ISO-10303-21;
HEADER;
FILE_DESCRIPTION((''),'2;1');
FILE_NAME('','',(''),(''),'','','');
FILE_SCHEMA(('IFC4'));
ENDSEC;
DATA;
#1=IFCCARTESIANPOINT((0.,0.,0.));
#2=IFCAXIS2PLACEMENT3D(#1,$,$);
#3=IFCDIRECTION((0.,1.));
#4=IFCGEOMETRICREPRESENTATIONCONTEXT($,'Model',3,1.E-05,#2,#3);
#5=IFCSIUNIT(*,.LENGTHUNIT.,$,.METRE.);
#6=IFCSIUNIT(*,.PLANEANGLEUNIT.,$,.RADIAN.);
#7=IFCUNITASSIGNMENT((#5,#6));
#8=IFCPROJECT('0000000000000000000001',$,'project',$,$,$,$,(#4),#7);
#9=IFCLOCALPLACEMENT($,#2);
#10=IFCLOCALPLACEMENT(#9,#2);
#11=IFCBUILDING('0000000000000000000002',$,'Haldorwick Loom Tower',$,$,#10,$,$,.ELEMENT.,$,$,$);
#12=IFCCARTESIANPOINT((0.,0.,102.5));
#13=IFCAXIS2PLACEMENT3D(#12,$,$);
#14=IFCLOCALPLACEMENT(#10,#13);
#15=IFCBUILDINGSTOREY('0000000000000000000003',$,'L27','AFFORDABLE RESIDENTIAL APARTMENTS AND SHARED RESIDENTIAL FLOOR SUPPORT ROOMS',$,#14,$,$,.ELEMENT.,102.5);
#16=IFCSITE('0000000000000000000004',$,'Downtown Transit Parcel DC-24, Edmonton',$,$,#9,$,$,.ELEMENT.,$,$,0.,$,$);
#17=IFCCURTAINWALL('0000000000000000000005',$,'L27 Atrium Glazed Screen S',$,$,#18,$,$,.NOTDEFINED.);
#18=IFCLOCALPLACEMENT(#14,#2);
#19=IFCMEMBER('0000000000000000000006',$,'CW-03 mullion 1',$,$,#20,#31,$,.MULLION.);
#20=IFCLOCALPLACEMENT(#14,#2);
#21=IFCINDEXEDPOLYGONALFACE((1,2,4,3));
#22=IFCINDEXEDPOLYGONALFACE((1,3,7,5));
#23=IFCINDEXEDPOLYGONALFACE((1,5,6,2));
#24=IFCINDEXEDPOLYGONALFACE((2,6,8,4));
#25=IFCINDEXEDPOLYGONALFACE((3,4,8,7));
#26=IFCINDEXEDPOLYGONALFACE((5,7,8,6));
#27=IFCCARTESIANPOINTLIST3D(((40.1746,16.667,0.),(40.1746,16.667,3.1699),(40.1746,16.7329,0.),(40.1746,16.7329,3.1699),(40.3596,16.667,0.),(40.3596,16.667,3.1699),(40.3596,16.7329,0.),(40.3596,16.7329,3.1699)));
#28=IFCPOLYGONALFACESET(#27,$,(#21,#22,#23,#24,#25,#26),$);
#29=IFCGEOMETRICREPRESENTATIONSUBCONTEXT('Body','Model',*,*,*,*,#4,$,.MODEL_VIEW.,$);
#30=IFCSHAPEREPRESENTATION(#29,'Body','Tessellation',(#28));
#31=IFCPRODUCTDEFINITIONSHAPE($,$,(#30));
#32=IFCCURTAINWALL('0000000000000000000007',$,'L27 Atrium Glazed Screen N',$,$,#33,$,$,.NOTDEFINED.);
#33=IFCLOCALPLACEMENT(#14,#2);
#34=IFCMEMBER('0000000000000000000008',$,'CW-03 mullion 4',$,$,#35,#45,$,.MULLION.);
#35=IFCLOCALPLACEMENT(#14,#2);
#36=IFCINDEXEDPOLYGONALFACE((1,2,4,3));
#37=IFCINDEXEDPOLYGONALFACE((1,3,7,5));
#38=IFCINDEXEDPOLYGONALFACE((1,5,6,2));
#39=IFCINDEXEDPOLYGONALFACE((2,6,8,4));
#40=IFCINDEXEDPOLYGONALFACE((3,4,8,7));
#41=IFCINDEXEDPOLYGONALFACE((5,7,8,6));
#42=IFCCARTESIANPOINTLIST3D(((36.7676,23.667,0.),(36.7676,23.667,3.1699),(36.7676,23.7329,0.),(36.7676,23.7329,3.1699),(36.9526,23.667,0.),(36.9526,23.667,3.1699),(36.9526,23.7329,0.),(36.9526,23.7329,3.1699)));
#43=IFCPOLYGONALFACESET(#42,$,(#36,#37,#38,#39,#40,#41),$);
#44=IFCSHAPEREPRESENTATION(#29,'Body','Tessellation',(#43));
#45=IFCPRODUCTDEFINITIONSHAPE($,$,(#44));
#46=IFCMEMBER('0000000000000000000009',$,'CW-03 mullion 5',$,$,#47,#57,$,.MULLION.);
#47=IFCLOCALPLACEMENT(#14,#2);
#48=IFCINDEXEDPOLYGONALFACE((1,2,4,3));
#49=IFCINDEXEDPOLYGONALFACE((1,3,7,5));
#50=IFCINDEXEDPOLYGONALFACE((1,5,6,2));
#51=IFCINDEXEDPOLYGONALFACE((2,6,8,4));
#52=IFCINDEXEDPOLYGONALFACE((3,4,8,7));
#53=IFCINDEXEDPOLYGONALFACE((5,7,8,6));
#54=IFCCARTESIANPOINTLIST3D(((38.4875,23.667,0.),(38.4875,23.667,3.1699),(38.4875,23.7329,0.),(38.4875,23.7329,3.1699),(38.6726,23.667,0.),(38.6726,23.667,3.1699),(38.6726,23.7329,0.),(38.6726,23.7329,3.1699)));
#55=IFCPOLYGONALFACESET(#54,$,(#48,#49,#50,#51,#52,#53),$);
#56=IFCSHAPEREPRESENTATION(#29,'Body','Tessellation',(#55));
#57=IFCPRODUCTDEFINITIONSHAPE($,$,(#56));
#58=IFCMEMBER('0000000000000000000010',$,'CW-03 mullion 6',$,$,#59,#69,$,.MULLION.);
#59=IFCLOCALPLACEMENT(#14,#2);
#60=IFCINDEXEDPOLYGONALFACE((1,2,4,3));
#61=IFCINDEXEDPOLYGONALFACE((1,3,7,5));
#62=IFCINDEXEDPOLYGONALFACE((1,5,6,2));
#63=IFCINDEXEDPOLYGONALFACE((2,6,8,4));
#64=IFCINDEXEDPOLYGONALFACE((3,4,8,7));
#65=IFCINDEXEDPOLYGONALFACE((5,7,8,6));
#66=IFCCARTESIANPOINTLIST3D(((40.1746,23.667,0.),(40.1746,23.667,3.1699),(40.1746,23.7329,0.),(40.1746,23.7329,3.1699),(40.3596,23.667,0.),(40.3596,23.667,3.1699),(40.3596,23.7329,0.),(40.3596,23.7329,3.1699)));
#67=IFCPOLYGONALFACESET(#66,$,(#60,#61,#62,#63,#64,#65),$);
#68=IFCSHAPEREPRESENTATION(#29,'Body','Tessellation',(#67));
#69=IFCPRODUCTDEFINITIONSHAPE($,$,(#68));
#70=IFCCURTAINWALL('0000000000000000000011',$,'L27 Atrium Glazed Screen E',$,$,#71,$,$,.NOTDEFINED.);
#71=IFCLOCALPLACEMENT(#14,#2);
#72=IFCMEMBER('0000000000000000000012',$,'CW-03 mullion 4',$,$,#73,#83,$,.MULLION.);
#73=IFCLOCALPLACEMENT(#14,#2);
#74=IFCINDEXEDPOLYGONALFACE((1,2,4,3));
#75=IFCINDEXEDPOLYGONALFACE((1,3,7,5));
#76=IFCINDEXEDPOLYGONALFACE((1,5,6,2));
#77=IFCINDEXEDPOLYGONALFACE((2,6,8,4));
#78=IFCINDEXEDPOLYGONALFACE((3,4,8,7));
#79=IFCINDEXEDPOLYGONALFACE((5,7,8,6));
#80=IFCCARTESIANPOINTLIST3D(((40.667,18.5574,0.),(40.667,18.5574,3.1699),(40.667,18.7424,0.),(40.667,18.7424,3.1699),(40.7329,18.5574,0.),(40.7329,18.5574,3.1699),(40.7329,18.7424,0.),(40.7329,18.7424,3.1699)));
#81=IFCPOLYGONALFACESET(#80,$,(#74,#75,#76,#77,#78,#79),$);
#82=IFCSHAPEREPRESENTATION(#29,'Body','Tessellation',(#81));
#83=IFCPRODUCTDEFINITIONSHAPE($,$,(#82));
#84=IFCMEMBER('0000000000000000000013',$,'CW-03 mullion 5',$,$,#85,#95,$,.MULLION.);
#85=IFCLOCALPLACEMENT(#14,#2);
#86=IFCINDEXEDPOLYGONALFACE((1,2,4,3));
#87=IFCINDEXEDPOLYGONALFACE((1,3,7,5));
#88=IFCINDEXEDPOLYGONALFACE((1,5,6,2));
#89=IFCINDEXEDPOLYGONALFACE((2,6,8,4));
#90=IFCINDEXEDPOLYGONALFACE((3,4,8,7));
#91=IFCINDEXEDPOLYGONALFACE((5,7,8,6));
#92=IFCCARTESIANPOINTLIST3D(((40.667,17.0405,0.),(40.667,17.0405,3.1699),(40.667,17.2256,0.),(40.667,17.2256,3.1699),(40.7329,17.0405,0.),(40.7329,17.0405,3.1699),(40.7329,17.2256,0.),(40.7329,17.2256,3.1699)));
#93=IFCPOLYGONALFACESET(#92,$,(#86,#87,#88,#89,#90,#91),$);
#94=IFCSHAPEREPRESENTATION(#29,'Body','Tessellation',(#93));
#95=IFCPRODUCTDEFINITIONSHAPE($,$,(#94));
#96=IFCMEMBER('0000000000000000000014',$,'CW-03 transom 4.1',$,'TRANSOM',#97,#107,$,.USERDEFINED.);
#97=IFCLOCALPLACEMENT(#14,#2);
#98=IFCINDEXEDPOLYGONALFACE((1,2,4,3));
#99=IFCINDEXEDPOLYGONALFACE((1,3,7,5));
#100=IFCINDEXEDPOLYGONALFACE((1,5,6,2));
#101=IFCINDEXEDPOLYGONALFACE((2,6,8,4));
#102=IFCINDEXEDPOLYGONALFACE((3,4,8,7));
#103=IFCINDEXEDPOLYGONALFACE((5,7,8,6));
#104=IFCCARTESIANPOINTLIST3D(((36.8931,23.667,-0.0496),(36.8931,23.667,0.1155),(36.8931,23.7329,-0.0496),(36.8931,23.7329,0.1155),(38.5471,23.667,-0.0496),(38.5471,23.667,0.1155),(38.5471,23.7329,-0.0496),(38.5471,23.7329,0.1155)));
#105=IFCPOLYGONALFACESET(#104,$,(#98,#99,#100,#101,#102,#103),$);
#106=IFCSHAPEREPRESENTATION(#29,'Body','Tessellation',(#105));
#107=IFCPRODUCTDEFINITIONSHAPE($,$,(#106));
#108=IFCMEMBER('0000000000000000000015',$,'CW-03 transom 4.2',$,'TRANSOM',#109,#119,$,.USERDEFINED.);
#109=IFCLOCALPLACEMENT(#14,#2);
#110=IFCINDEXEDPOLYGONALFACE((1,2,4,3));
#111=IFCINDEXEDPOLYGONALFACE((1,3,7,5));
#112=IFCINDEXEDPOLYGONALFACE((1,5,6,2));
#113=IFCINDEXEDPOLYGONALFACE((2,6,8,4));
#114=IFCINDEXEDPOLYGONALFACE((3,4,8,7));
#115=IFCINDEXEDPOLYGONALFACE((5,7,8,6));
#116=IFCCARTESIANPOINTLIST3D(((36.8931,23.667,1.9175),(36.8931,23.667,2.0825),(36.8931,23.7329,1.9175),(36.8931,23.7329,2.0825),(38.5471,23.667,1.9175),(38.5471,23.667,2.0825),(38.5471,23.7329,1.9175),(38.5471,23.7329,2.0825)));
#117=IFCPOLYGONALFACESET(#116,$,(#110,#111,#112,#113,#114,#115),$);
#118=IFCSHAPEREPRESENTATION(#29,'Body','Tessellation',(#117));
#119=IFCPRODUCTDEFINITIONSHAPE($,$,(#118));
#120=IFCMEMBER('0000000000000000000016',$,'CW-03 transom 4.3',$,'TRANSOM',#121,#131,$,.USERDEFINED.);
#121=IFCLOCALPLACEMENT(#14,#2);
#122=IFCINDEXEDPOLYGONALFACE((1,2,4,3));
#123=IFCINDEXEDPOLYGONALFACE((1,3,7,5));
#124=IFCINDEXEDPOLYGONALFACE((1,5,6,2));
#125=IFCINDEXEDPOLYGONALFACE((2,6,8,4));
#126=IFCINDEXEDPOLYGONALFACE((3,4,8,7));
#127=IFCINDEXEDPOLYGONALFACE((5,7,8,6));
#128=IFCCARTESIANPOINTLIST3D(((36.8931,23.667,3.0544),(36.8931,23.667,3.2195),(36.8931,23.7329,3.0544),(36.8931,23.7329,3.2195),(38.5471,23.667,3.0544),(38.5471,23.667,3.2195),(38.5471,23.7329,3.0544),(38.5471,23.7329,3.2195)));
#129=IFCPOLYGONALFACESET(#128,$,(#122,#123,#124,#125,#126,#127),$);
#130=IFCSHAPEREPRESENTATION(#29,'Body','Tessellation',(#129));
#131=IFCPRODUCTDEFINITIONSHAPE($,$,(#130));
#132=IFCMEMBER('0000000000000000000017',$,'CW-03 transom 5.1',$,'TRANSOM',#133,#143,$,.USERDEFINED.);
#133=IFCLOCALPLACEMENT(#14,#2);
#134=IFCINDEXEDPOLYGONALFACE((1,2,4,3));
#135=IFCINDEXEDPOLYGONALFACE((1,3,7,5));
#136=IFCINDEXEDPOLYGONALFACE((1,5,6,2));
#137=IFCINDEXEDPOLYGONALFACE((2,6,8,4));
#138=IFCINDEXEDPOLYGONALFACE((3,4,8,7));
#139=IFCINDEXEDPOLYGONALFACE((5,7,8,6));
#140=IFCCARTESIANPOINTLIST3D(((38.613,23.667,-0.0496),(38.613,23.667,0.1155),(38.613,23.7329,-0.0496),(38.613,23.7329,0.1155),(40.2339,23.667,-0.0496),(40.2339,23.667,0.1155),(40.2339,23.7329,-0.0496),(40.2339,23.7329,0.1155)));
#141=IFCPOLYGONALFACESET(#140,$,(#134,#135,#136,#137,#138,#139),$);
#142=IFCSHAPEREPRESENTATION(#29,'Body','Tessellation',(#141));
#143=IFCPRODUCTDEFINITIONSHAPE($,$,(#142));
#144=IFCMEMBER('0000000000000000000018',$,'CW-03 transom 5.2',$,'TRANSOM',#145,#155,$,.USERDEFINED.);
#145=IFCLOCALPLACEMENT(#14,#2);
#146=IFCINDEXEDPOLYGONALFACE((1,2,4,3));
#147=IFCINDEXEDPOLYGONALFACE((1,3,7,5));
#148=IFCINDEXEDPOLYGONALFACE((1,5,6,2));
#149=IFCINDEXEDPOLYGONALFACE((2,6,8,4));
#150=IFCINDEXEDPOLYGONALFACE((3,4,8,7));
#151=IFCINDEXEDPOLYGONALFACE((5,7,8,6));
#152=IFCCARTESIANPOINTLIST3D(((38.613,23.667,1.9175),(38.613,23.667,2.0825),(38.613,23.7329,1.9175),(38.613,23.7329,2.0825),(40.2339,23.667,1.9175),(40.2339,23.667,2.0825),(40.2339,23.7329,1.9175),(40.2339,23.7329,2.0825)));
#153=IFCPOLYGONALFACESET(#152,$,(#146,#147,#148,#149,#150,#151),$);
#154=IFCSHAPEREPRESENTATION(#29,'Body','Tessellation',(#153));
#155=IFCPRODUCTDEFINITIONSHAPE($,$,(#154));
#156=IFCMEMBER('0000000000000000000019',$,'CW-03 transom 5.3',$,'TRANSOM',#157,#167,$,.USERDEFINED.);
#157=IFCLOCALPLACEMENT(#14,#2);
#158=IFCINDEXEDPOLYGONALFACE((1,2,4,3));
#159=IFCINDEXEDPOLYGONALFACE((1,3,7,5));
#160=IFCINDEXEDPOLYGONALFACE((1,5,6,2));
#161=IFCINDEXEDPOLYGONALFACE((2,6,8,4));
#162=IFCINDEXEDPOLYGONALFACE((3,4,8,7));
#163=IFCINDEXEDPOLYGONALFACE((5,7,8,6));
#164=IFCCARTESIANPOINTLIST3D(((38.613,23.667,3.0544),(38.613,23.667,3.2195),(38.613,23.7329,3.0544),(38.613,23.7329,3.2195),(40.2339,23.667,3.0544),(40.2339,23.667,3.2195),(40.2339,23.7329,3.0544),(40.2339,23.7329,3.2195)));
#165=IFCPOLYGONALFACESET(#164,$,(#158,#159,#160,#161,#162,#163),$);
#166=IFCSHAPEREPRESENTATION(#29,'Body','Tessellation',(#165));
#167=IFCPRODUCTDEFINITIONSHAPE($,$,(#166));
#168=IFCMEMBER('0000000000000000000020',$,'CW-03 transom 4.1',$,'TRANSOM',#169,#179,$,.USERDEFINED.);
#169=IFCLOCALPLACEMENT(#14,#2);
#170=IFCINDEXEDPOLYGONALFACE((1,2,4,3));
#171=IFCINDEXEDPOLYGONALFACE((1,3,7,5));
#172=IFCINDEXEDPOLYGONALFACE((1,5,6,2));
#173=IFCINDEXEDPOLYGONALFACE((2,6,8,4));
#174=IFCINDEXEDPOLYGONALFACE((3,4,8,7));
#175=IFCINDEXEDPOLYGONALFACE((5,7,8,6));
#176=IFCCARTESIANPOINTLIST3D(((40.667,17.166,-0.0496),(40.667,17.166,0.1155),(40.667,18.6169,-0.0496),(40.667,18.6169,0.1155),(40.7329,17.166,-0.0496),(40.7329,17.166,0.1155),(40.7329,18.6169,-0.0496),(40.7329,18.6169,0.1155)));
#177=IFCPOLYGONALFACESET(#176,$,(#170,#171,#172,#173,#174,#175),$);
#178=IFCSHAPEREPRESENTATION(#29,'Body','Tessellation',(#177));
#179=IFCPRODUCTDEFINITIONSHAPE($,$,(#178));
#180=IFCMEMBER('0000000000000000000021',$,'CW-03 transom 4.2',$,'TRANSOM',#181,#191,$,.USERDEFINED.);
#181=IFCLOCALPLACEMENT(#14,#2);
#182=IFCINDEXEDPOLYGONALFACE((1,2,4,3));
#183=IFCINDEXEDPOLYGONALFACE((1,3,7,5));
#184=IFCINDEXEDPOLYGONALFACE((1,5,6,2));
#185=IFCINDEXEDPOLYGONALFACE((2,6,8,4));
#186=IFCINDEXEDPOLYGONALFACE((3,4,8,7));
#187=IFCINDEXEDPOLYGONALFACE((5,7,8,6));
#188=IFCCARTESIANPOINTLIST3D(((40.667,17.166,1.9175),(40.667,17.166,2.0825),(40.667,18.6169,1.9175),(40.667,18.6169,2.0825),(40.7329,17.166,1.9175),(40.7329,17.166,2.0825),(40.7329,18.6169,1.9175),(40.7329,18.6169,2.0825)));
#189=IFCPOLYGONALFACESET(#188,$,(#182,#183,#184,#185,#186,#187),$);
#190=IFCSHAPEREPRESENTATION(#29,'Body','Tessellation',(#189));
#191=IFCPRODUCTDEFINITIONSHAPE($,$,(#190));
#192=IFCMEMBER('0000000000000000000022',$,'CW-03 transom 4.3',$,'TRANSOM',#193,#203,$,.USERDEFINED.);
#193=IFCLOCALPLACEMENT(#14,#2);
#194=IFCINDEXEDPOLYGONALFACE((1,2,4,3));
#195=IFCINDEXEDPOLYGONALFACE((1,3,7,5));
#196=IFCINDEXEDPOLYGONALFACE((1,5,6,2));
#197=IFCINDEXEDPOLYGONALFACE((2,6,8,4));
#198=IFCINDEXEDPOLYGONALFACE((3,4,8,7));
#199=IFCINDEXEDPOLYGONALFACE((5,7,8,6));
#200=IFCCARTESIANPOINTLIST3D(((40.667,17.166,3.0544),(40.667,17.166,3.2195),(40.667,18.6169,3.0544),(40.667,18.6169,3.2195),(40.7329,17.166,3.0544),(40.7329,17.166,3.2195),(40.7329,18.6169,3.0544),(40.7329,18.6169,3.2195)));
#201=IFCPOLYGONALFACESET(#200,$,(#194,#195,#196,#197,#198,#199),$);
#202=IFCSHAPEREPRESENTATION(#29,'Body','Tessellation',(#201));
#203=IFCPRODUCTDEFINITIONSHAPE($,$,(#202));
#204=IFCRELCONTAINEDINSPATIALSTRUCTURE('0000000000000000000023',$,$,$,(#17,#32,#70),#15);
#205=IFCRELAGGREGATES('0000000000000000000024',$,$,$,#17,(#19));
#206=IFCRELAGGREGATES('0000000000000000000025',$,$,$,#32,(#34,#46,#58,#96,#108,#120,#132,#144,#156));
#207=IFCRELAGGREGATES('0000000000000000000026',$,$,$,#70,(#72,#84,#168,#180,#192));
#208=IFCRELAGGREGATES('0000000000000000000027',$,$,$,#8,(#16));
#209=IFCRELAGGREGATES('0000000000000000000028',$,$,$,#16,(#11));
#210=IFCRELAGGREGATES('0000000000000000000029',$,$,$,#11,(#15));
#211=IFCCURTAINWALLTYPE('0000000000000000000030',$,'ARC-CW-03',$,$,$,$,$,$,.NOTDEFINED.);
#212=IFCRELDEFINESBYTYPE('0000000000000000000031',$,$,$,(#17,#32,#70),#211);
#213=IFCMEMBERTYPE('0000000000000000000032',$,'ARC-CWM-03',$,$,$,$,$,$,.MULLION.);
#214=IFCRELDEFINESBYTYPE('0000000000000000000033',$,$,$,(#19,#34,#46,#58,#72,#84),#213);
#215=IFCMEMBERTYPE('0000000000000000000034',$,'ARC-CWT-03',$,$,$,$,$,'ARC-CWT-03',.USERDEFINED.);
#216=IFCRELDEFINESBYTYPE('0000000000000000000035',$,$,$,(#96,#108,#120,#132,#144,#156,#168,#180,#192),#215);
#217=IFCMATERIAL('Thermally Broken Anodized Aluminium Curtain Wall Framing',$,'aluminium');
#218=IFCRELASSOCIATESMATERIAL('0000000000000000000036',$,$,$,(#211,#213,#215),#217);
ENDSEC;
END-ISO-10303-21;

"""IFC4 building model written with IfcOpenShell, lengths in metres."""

from ifc_helpers import new_model, si_unit, direction, frame, origin, origin_2d, place, context, subcontext, project, spatial, rectangle, extrude, material, material_profile, profile_set, type_object, element, aggregate, save


model = new_model("IFC4")

# Units and contexts
model_context = context("Model", 3, precision=1e-05, world=origin(), true_north=direction((0.0, 1.0)))
body_context = subcontext(model_context, "Body", "Model", "MODEL_VIEW")
ifc_project = project(units=[si_unit("LENGTHUNIT", "METRE"), si_unit("PLANEANGLEUNIT", "RADIAN")], contexts=[model_context])

# Site, building, storey
site_placement = place(None, origin())
site = spatial("IfcSite", under=ifc_project, at=site_placement, Name="Downtown Transit Parcel DC-24, Edmonton", CompositionType="ELEMENT", RefElevation=0.0)
building_placement = place(site_placement, origin())
building = spatial("IfcBuilding", under=site, at=building_placement, Name="Haldorwick Loom Tower", CompositionType="ELEMENT")
storey_placement = place(building_placement, frame((0.0, 0.0, 102.5)))
storey = spatial("IfcBuildingStorey", under=building, at=storey_placement, Name="L27", Description="AFFORDABLE RESIDENTIAL APARTMENTS AND SHARED RESIDENTIAL FLOOR SUPPORT ROOMS", CompositionType="ELEMENT", Elevation=102.5)

# Curtain wall, member
ifc_material_1 = material(Name="Thermally Broken Anodized Aluminium Curtain Wall Framing", Category="aluminium")
curtain_wall_type = type_object("IfcCurtainWallType", Name="ARC-CW-03", PredefinedType="NOTDEFINED", material=ifc_material_1)
curtain_wall_1_placement = place(storey_placement, origin())
curtain_wall_1 = element("IfcCurtainWall", 1, at=curtain_wall_1_placement, inside=storey, type_object=curtain_wall_type, Name="L27 Atrium Glazed Screen S", PredefinedType="NOTDEFINED")
ifc_material_profile_1 = material_profile(ifc_material_1, rectangle(XDim=0.0659, YDim=0.1851, at=origin_2d()), Name="ALU_MUL_66X185", Category="aluminium")
ifc_profile_set_1 = profile_set([ifc_material_profile_1], Name="Thermally Broken Anodized Aluminium Curtain Wall Framing")
member_type_1 = type_object("IfcMemberType", Name="ARC-CWM-03", PredefinedType="MULLION", material=ifc_profile_set_1)
member_1_placement = place(storey_placement, frame((40.2671, 16.7, 0.0), z_axis=(0.0, 0.0, 1.0), x_axis=(0.0, -1.0, 0.0)))
member_1 = element("IfcMember", 2, at=member_1_placement, type_object=member_type_1, Name="CW-03 mullion 1", PredefinedType="MULLION", context=body_context, shape_type="SweptSolid", body=[
    extrude(rectangle(XDim=0.0659, YDim=0.1851, at=origin_2d()), origin(), (0.0, 0.0, 1.0), 3.1699),
])
aggregate(curtain_wall_1, [member_1])

# Curtain walls, members
curtain_wall_2_placement = place(storey_placement, origin())
curtain_wall_2 = element("IfcCurtainWall", 3, at=curtain_wall_2_placement, inside=storey, type_object=curtain_wall_type, Name="L27 Atrium Glazed Screen N", PredefinedType="NOTDEFINED")
member_2_placement = place(storey_placement, frame((36.8601, 23.7, 0.0), z_axis=(0.0, 0.0, 1.0), x_axis=(0.0, 1.0, 0.0)))
member_2 = element("IfcMember", 4, at=member_2_placement, type_object=member_type_1, Name="CW-03 mullion 4", PredefinedType="MULLION", context=body_context, shape_type="SweptSolid", body=[
    extrude(rectangle(XDim=0.0659, YDim=0.1851, at=origin_2d()), origin(), (0.0, 0.0, 1.0), 3.1699),
])
member_3_placement = place(storey_placement, frame((38.5801, 23.7, 0.0), z_axis=(0.0, 0.0, 1.0), x_axis=(0.0, 1.0, 0.0)))
member_3 = element("IfcMember", 5, at=member_3_placement, type_object=member_type_1, Name="CW-03 mullion 5", PredefinedType="MULLION", context=body_context, shape_type="SweptSolid", body=[
    extrude(rectangle(XDim=0.0659, YDim=0.1851, at=origin_2d()), origin(), (0.0, 0.0, 1.0), 3.1699),
])
member_4_placement = place(storey_placement, frame((40.2671, 23.7, 0.0), z_axis=(0.0, 0.0, 1.0), x_axis=(0.0, 1.0, 0.0)))
member_4 = element("IfcMember", 6, at=member_4_placement, type_object=member_type_1, Name="CW-03 mullion 6", PredefinedType="MULLION", context=body_context, shape_type="SweptSolid", body=[
    extrude(rectangle(XDim=0.0659, YDim=0.1851, at=origin_2d()), origin(), (0.0, 0.0, 1.0), 3.1699),
])
curtain_wall_3_placement = place(storey_placement, origin())
curtain_wall_3 = element("IfcCurtainWall", 7, at=curtain_wall_3_placement, inside=storey, type_object=curtain_wall_type, Name="L27 Atrium Glazed Screen E", PredefinedType="NOTDEFINED")
member_5_placement = place(storey_placement, frame((40.7, 18.6499, 0.0), z_axis=(0.0, 0.0, 1.0), x_axis=(1.0, 0.0, 0.0)))
member_5 = element("IfcMember", 8, at=member_5_placement, type_object=member_type_1, Name="CW-03 mullion 4", PredefinedType="MULLION", context=body_context, shape_type="SweptSolid", body=[
    extrude(rectangle(XDim=0.0659, YDim=0.1851, at=origin_2d()), origin(), (0.0, 0.0, 1.0), 3.1699),
])
member_6_placement = place(storey_placement, frame((40.7, 17.1331, 0.0), z_axis=(0.0, 0.0, 1.0), x_axis=(1.0, 0.0, 0.0)))
member_6 = element("IfcMember", 9, at=member_6_placement, type_object=member_type_1, Name="CW-03 mullion 5", PredefinedType="MULLION", context=body_context, shape_type="SweptSolid", body=[
    extrude(rectangle(XDim=0.0659, YDim=0.1851, at=origin_2d()), origin(), (0.0, 0.0, 1.0), 3.1699),
])

# Members
ifc_material_profile_2 = material_profile(ifc_material_1, rectangle(XDim=0.0659, YDim=0.165, at=origin_2d()), Name="ALU_TRN_66X165", Category="aluminium")
ifc_profile_set_2 = profile_set([ifc_material_profile_2], Name="Thermally Broken Anodized Aluminium Curtain Wall Framing")
member_type_2 = type_object("IfcMemberType", Name="ARC-CWT-03", ElementType="ARC-CWT-03", PredefinedType="USERDEFINED", material=ifc_profile_set_2)
member_7_placement = place(storey_placement, frame((36.8931, 23.7, 0.033), z_axis=(1.0, 0.0, 0.0), x_axis=(0.0, 1.0, 0.0)))
member_7 = element("IfcMember", 10, at=member_7_placement, type_object=member_type_2, Name="CW-03 transom 4.1", ObjectType="TRANSOM", PredefinedType="USERDEFINED", context=body_context, shape_type="SweptSolid", body=[
    extrude(rectangle(XDim=0.0659, YDim=0.165, at=origin_2d()), origin(), (0.0, 0.0, 1.0), 1.6541),
])
member_8_placement = place(storey_placement, frame((36.8931, 23.7, 2.0), z_axis=(1.0, 0.0, 0.0), x_axis=(0.0, 1.0, 0.0)))
member_8 = element("IfcMember", 11, at=member_8_placement, type_object=member_type_2, Name="CW-03 transom 4.2", ObjectType="TRANSOM", PredefinedType="USERDEFINED", context=body_context, shape_type="SweptSolid", body=[
    extrude(rectangle(XDim=0.0659, YDim=0.165, at=origin_2d()), origin(), (0.0, 0.0, 1.0), 1.6541),
])
member_9_placement = place(storey_placement, frame((36.8931, 23.7, 3.137), z_axis=(1.0, 0.0, 0.0), x_axis=(0.0, 1.0, 0.0)))
member_9 = element("IfcMember", 12, at=member_9_placement, type_object=member_type_2, Name="CW-03 transom 4.3", ObjectType="TRANSOM", PredefinedType="USERDEFINED", context=body_context, shape_type="SweptSolid", body=[
    extrude(rectangle(XDim=0.0659, YDim=0.165, at=origin_2d()), origin(), (0.0, 0.0, 1.0), 1.6541),
])
member_10_placement = place(storey_placement, frame((38.613, 23.7, 0.033), z_axis=(1.0, 0.0, 0.0), x_axis=(0.0, 1.0, 0.0)))
member_10 = element("IfcMember", 13, at=member_10_placement, type_object=member_type_2, Name="CW-03 transom 5.1", ObjectType="TRANSOM", PredefinedType="USERDEFINED", context=body_context, shape_type="SweptSolid", body=[
    extrude(rectangle(XDim=0.0659, YDim=0.165, at=origin_2d()), origin(), (0.0, 0.0, 1.0), 1.6208),
])
member_11_placement = place(storey_placement, frame((38.613, 23.7, 2.0), z_axis=(1.0, 0.0, 0.0), x_axis=(0.0, 1.0, 0.0)))
member_11 = element("IfcMember", 14, at=member_11_placement, type_object=member_type_2, Name="CW-03 transom 5.2", ObjectType="TRANSOM", PredefinedType="USERDEFINED", context=body_context, shape_type="SweptSolid", body=[
    extrude(rectangle(XDim=0.0659, YDim=0.165, at=origin_2d()), origin(), (0.0, 0.0, 1.0), 1.6208),
])
member_12_placement = place(storey_placement, frame((38.613, 23.7, 3.137), z_axis=(1.0, 0.0, 0.0), x_axis=(0.0, 1.0, 0.0)))
member_12 = element("IfcMember", 15, at=member_12_placement, type_object=member_type_2, Name="CW-03 transom 5.3", ObjectType="TRANSOM", PredefinedType="USERDEFINED", context=body_context, shape_type="SweptSolid", body=[
    extrude(rectangle(XDim=0.0659, YDim=0.165, at=origin_2d()), origin(), (0.0, 0.0, 1.0), 1.6208),
])
member_13_placement = place(storey_placement, frame((40.7, 18.6169, 0.033), z_axis=(0.0, -1.0, 0.0), x_axis=(1.0, 0.0, 0.0)))
member_13 = element("IfcMember", 16, at=member_13_placement, type_object=member_type_2, Name="CW-03 transom 4.1", ObjectType="TRANSOM", PredefinedType="USERDEFINED", context=body_context, shape_type="SweptSolid", body=[
    extrude(rectangle(XDim=0.0659, YDim=0.165, at=origin_2d()), origin(), (0.0, 0.0, 1.0), 1.4509),
])
member_14_placement = place(storey_placement, frame((40.7, 18.6169, 2.0), z_axis=(0.0, -1.0, 0.0), x_axis=(1.0, 0.0, 0.0)))
member_14 = element("IfcMember", 17, at=member_14_placement, type_object=member_type_2, Name="CW-03 transom 4.2", ObjectType="TRANSOM", PredefinedType="USERDEFINED", context=body_context, shape_type="SweptSolid", body=[
    extrude(rectangle(XDim=0.0659, YDim=0.165, at=origin_2d()), origin(), (0.0, 0.0, 1.0), 1.4509),
])
member_15_placement = place(storey_placement, frame((40.7, 18.6169, 3.137), z_axis=(0.0, -1.0, 0.0), x_axis=(1.0, 0.0, 0.0)))
member_15 = element("IfcMember", 18, at=member_15_placement, type_object=member_type_2, Name="CW-03 transom 4.3", ObjectType="TRANSOM", PredefinedType="USERDEFINED", context=body_context, shape_type="SweptSolid", body=[
    extrude(rectangle(XDim=0.0659, YDim=0.165, at=origin_2d()), origin(), (0.0, 0.0, 1.0), 1.4509),
])

aggregate(curtain_wall_2, [member_2, member_3, member_4, member_7, member_8, member_9, member_10, member_11, member_12])
aggregate(curtain_wall_3, [member_5, member_6, member_13, member_14, member_15])

save(model, "model.ifc")
